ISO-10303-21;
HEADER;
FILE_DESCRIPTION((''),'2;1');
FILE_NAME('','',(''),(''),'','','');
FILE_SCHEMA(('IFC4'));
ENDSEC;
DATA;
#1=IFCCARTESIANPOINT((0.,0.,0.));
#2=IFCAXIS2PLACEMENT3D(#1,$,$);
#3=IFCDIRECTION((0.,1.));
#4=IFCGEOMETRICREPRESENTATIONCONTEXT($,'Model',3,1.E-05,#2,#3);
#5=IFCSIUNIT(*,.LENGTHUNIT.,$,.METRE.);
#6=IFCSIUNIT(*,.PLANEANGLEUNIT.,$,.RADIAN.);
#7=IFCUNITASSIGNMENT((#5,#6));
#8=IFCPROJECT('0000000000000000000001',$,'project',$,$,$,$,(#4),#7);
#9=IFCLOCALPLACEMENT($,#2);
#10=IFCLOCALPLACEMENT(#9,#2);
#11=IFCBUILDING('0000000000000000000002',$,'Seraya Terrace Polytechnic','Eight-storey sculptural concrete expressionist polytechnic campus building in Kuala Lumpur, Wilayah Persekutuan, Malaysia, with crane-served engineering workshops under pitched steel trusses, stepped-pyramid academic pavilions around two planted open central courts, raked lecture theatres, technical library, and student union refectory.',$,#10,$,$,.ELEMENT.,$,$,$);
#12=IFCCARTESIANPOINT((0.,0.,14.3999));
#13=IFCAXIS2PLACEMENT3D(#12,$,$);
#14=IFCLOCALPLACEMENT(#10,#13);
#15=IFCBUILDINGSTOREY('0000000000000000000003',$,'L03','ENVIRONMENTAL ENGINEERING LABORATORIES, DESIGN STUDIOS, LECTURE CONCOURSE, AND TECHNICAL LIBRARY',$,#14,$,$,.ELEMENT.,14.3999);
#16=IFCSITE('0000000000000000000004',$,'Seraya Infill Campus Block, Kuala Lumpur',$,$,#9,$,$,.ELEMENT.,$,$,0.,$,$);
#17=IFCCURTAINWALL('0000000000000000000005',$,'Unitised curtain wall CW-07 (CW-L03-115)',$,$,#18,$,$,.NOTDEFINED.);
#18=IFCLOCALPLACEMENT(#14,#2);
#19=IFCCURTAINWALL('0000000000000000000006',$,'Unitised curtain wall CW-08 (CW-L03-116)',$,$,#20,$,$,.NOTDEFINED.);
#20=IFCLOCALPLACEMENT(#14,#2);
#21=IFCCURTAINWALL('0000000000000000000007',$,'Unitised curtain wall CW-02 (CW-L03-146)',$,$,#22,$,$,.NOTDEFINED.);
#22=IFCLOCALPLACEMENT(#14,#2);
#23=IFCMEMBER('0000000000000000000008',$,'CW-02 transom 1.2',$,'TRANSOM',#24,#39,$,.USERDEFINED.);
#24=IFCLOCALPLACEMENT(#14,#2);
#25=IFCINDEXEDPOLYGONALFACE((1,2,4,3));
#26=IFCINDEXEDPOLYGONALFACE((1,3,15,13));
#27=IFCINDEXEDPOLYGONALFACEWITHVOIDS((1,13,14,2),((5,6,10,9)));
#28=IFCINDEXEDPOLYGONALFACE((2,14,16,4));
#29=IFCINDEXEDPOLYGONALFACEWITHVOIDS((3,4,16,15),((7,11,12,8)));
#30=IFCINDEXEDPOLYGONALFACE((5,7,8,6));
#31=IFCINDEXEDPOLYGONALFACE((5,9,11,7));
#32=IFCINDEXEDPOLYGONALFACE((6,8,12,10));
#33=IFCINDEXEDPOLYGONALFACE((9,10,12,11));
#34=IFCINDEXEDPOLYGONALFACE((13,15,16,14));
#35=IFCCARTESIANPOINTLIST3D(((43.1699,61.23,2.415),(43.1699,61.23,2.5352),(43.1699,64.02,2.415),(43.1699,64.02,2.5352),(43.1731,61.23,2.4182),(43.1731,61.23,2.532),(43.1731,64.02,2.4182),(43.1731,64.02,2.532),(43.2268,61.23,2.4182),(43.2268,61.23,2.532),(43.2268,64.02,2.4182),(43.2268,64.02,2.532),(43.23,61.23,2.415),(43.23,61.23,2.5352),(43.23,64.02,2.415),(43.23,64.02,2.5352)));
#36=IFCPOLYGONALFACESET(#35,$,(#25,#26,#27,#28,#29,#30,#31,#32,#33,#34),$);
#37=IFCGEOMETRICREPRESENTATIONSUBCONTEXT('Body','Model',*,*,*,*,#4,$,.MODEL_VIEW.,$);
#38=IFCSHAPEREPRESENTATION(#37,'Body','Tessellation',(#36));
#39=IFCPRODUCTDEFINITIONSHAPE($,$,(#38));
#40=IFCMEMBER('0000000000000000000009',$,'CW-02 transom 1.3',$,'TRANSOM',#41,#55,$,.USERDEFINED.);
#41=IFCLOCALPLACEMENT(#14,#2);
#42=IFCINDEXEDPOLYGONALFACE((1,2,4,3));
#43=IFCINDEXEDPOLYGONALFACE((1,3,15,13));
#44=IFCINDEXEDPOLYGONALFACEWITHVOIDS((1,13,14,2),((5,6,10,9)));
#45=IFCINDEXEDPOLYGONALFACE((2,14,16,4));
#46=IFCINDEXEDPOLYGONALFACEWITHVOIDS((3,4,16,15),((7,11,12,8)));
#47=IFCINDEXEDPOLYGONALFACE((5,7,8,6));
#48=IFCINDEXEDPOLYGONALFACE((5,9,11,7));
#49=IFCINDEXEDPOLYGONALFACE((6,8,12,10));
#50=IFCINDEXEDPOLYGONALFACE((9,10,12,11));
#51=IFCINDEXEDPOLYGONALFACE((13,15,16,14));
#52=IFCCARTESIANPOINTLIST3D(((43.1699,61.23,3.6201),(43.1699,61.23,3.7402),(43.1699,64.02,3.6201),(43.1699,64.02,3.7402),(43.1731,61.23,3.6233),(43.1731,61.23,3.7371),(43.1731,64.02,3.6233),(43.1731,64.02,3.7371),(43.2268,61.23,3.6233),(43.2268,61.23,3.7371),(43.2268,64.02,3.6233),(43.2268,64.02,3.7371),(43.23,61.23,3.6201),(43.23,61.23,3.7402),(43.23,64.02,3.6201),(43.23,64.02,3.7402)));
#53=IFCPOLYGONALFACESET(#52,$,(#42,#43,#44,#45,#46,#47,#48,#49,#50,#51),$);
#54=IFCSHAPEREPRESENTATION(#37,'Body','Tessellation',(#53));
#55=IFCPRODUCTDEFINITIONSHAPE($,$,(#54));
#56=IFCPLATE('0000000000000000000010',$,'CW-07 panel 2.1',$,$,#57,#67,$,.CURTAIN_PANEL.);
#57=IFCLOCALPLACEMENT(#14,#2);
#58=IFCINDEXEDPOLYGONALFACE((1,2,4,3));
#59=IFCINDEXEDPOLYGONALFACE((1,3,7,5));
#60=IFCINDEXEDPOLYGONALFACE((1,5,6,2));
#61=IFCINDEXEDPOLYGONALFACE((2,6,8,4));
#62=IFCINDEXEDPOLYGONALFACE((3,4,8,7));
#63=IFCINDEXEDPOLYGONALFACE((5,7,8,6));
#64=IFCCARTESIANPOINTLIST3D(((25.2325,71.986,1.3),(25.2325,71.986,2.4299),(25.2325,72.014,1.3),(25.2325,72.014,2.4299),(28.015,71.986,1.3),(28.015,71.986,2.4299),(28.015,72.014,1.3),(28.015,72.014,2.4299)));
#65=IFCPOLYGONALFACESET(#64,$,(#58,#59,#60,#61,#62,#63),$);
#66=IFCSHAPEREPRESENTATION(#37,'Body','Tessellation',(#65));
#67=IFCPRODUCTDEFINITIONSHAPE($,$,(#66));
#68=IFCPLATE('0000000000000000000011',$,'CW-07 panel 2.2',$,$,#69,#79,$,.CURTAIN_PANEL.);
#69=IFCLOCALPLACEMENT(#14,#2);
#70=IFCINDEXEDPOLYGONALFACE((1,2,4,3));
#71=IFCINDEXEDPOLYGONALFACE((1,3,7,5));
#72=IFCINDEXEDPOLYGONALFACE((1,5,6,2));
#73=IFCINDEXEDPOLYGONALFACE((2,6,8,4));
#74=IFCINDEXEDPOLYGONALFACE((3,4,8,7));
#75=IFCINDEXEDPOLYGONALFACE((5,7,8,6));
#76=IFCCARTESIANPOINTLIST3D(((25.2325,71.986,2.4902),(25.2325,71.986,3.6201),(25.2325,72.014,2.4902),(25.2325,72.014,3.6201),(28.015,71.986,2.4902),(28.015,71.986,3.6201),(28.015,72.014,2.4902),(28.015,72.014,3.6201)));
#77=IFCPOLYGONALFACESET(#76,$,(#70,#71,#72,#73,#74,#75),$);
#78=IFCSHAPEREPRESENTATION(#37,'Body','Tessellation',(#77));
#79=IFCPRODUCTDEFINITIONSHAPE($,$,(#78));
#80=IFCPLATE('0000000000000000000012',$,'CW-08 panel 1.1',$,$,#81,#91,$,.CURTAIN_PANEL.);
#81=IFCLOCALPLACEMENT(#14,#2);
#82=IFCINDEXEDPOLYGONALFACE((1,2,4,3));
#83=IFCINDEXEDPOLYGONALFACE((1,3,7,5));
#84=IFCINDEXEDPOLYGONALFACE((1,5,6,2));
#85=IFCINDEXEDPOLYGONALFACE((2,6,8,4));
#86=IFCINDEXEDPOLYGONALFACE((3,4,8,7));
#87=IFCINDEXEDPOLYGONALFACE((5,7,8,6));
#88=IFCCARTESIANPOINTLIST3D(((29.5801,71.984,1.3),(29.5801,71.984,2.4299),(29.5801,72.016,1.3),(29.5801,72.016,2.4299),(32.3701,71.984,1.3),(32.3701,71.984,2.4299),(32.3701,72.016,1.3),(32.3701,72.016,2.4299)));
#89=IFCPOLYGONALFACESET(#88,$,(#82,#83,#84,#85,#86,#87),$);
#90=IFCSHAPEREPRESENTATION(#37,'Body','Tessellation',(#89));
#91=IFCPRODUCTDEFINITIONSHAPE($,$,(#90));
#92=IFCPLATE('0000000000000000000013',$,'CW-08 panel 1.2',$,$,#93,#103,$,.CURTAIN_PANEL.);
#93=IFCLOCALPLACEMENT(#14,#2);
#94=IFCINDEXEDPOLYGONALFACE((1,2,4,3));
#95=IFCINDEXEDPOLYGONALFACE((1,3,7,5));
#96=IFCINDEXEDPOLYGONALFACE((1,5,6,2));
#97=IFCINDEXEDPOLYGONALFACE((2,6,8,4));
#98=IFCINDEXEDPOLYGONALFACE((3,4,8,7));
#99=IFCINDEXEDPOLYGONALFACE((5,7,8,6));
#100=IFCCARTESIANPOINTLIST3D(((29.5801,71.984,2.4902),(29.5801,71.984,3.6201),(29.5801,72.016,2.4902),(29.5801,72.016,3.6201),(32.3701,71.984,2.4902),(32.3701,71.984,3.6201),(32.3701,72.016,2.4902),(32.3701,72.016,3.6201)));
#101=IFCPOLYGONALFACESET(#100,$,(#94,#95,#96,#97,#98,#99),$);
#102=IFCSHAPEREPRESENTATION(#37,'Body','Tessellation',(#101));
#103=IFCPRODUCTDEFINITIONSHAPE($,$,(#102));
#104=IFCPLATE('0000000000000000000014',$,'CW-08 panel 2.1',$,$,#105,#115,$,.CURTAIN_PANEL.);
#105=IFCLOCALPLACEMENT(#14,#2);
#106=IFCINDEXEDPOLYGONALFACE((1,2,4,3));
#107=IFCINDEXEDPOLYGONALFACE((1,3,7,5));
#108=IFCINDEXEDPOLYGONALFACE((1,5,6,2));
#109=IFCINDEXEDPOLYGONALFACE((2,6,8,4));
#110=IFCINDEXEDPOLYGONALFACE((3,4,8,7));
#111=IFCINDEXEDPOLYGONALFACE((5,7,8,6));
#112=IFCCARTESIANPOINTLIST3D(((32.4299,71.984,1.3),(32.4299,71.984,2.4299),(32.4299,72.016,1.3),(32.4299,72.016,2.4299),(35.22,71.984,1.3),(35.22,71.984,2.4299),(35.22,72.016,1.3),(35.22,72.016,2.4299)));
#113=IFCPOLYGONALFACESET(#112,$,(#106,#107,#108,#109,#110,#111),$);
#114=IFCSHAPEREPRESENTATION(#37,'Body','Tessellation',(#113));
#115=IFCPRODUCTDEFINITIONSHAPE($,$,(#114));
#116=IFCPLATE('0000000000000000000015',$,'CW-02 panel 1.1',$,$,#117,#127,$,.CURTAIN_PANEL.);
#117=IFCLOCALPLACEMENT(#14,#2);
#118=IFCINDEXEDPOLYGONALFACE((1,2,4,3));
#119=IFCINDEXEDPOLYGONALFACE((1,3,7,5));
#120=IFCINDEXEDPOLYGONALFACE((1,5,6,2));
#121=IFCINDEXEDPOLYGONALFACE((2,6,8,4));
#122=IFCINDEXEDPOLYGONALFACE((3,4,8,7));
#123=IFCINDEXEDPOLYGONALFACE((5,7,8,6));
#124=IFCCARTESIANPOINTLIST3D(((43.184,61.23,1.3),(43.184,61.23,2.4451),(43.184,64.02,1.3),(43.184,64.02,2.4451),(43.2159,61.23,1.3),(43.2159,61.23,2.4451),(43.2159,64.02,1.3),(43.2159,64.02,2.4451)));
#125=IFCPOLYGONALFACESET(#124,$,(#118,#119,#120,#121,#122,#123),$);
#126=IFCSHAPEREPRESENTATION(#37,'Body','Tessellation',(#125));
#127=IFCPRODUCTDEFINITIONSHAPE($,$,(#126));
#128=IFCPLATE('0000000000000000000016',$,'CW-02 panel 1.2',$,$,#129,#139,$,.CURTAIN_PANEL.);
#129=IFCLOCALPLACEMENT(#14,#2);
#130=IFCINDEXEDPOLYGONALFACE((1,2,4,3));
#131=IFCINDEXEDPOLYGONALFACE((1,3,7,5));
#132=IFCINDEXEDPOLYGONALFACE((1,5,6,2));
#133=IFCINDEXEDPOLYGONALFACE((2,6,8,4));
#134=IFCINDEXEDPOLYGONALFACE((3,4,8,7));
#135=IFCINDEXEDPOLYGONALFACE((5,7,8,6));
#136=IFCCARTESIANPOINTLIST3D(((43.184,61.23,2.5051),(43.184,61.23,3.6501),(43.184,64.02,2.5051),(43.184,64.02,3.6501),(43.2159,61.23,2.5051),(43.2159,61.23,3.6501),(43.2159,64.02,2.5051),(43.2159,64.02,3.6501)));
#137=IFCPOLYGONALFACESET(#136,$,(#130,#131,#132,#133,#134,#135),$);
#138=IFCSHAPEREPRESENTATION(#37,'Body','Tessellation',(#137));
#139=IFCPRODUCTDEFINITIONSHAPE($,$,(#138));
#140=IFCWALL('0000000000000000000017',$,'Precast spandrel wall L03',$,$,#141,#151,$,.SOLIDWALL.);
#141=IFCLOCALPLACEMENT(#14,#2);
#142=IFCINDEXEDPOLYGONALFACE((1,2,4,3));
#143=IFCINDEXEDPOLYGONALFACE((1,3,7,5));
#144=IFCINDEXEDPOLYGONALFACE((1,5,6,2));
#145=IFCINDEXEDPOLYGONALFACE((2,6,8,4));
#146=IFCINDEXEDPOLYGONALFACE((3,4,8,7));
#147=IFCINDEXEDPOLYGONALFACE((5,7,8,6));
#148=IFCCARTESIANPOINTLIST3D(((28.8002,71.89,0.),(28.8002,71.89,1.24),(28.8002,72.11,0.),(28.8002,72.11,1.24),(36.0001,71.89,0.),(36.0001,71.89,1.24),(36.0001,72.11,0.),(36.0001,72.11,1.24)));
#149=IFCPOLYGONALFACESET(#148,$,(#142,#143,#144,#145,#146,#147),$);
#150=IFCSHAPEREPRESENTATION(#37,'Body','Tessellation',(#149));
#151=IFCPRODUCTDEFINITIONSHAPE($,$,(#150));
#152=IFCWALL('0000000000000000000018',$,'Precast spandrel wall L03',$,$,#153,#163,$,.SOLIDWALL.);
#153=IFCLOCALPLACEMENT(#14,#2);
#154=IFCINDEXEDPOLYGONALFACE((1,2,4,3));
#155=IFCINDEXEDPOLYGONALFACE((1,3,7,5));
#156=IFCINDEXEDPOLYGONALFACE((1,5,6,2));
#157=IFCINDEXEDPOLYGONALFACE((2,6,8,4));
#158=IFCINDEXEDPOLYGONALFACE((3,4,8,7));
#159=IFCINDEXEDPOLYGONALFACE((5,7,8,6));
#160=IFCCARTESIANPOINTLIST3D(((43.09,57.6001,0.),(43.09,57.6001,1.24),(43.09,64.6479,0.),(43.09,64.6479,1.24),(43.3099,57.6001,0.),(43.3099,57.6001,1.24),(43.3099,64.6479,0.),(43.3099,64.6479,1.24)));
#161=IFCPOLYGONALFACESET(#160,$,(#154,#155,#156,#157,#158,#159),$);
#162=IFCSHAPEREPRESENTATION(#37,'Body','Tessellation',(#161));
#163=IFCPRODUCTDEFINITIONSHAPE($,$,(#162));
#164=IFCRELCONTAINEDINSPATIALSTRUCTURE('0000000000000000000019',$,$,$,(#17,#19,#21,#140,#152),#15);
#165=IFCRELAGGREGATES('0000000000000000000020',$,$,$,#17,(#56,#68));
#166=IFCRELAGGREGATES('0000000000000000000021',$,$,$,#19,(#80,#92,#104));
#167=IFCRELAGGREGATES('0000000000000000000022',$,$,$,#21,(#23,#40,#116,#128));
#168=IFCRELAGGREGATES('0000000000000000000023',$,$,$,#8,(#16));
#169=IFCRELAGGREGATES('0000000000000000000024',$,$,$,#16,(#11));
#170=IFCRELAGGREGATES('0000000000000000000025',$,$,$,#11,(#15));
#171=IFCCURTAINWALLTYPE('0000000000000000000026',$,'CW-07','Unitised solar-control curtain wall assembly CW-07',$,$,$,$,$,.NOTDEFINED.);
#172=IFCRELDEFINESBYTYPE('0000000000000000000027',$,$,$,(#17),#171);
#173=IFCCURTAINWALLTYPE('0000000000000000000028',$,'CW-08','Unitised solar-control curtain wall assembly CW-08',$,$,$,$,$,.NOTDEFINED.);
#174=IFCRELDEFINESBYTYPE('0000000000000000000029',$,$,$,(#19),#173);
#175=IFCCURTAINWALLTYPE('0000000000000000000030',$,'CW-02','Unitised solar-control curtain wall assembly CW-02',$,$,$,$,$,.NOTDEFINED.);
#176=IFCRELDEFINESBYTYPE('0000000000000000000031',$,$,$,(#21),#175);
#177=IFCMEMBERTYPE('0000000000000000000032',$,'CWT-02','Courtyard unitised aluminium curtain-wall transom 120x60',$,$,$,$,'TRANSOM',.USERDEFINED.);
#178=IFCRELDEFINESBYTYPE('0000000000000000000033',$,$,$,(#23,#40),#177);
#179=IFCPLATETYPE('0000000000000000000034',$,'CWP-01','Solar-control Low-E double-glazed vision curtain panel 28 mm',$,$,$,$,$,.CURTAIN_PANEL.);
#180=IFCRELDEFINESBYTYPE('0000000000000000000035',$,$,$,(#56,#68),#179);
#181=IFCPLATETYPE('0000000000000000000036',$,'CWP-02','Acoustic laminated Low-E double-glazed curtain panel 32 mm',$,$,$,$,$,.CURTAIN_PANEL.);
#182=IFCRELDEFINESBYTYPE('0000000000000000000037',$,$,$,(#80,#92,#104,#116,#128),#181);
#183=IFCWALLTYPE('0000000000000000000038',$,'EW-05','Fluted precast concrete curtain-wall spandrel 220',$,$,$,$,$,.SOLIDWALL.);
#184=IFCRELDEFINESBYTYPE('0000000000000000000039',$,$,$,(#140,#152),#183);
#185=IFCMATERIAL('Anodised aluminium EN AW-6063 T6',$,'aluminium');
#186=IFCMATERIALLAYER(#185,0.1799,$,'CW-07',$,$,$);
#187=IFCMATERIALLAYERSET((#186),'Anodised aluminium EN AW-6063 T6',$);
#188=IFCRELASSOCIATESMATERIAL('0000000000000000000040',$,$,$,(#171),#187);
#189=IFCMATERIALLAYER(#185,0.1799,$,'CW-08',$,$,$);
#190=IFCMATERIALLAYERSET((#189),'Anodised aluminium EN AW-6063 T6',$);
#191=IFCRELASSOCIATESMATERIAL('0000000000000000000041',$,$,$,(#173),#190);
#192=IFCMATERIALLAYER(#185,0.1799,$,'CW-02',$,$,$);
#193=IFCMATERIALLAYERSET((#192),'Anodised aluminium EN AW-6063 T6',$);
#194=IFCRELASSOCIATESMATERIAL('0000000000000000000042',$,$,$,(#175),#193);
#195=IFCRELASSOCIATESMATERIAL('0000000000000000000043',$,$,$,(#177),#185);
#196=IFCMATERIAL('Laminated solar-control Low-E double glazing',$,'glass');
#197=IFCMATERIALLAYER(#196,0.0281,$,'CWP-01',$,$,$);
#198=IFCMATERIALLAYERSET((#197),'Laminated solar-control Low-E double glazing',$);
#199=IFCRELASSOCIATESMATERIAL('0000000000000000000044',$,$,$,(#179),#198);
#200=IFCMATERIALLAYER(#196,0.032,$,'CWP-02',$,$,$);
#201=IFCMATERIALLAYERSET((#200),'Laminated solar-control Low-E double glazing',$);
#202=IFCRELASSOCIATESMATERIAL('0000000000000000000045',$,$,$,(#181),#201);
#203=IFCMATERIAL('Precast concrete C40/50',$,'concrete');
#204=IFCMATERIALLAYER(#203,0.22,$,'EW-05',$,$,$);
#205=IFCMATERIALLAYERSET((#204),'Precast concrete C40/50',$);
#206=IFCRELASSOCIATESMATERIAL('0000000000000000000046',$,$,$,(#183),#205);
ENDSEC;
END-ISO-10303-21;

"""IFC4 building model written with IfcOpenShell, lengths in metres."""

from ifc_helpers import new_model, si_unit, direction, frame, frame_2d, origin, origin_2d, place, context, subcontext, project, spatial, rectangle, hollow_rectangle, extrude, material, layer, layer_set, material_profile, profile_set, type_object, element, aggregate, save


model = new_model("IFC4")

# Units and contexts
model_context = context("Model", 3, precision=1e-05, world=origin(), true_north=direction((0.0, 1.0)))
body_context = subcontext(model_context, "Body", "Model", "MODEL_VIEW")
ifc_project = project(units=[si_unit("LENGTHUNIT", "METRE"), si_unit("PLANEANGLEUNIT", "RADIAN")], contexts=[model_context])

# Site, building, storey
site_placement = place(None, origin())
site = spatial("IfcSite", under=ifc_project, at=site_placement, Name="Seraya Infill Campus Block, Kuala Lumpur", CompositionType="ELEMENT", RefElevation=0.0)
building_placement = place(site_placement, origin())
building = spatial("IfcBuilding", under=site, at=building_placement, Name="Seraya Terrace Polytechnic", Description="Eight-storey sculptural concrete expressionist polytechnic campus building in Kuala Lumpur, Wilayah Persekutuan, Malaysia, with crane-served engineering workshops under pitched steel trusses, stepped-pyramid academic pavilions around two planted open central courts, raked lecture theatres, technical library, and student union refectory.", CompositionType="ELEMENT")
storey_placement = place(building_placement, frame((0.0, 0.0, 14.3999)))
storey = spatial("IfcBuildingStorey", under=building, at=storey_placement, Name="L03", Description="ENVIRONMENTAL ENGINEERING LABORATORIES, DESIGN STUDIOS, LECTURE CONCOURSE, AND TECHNICAL LIBRARY", CompositionType="ELEMENT", Elevation=14.3999)

# Curtain wall
ifc_material_1 = material(Name="Anodised aluminium EN AW-6063 T6", Category="aluminium")
ifc_layer_1 = layer(ifc_material_1, 0.1799, Name="CW-07")
ifc_layer_set_1 = layer_set([ifc_layer_1], Name="Anodised aluminium EN AW-6063 T6")
curtain_wall_type_1 = type_object("IfcCurtainWallType", Name="CW-07", Description="Unitised solar-control curtain wall assembly CW-07", PredefinedType="NOTDEFINED", material=ifc_layer_set_1)
curtain_wall_1_placement = place(storey_placement, origin())
curtain_wall_1 = element("IfcCurtainWall", 1, at=curtain_wall_1_placement, inside=storey, type_object=curtain_wall_type_1, Name="Unitised curtain wall CW-07 (CW-L03-115)", PredefinedType="NOTDEFINED")

# Curtain walls
ifc_layer_2 = layer(ifc_material_1, 0.1799, Name="CW-08")
ifc_layer_set_2 = layer_set([ifc_layer_2], Name="Anodised aluminium EN AW-6063 T6")
curtain_wall_type_2 = type_object("IfcCurtainWallType", Name="CW-08", Description="Unitised solar-control curtain wall assembly CW-08", PredefinedType="NOTDEFINED", material=ifc_layer_set_2)
curtain_wall_2_placement = place(storey_placement, origin())
curtain_wall_2 = element("IfcCurtainWall", 2, at=curtain_wall_2_placement, inside=storey, type_object=curtain_wall_type_2, Name="Unitised curtain wall CW-08 (CW-L03-116)", PredefinedType="NOTDEFINED")
ifc_layer_3 = layer(ifc_material_1, 0.1799, Name="CW-02")
ifc_layer_set_3 = layer_set([ifc_layer_3], Name="Anodised aluminium EN AW-6063 T6")
curtain_wall_type_3 = type_object("IfcCurtainWallType", Name="CW-02", Description="Unitised solar-control curtain wall assembly CW-02", PredefinedType="NOTDEFINED", material=ifc_layer_set_3)
curtain_wall_3_placement = place(storey_placement, origin())
curtain_wall_3 = element("IfcCurtainWall", 3, at=curtain_wall_3_placement, inside=storey, type_object=curtain_wall_type_3, Name="Unitised curtain wall CW-02 (CW-L03-146)", PredefinedType="NOTDEFINED")

# Members
ifc_material_profile_1 = material_profile(ifc_material_1, hollow_rectangle(XDim=0.0601, YDim=0.1201, WallThickness=0.0032, at=origin_2d()), Name="RHS 120x60x3.2")
ifc_profile_set_1 = profile_set([ifc_material_profile_1], Name="Anodised aluminium EN AW-6063 T6")
member_type_1 = type_object("IfcMemberType", Name="CWT-02", Description="Courtyard unitised aluminium curtain-wall transom 120x60", ElementType="TRANSOM", PredefinedType="USERDEFINED", material=ifc_profile_set_1)
member_1_placement = place(storey_placement, frame((43.2, 64.02, 2.4751), z_axis=(0.0, -1.0, 0.0), x_axis=(1.0, 0.0, 0.0)))
member_1 = element("IfcMember", 4, at=member_1_placement, type_object=member_type_1, Name="CW-02 transom 1.2", ObjectType="TRANSOM", PredefinedType="USERDEFINED", context=body_context, shape_type="SweptSolid", body=[
    extrude(hollow_rectangle(XDim=0.0601, YDim=0.1201, WallThickness=0.0032, at=origin_2d()), origin(), (0.0, 0.0, 1.0), 2.79),
])
member_2_placement = place(storey_placement, frame((43.2, 64.02, 3.6802), z_axis=(0.0, -1.0, 0.0), x_axis=(1.0, 0.0, 0.0)))
member_2 = element("IfcMember", 5, at=member_2_placement, type_object=member_type_1, Name="CW-02 transom 1.3", ObjectType="TRANSOM", PredefinedType="USERDEFINED", context=body_context, shape_type="SweptSolid", body=[
    extrude(hollow_rectangle(XDim=0.0601, YDim=0.1201, WallThickness=0.0032, at=origin_2d()), origin(), (0.0, 0.0, 1.0), 2.79),
])

# Plates
ifc_material_2 = material(Name="Laminated solar-control Low-E double glazing", Category="glass")
ifc_layer_4 = layer(ifc_material_2, 0.0281, Name="CWP-01")
ifc_layer_set_4 = layer_set([ifc_layer_4], Name="Laminated solar-control Low-E double glazing")
plate_type_1 = type_object("IfcPlateType", Name="CWP-01", Description="Solar-control Low-E double-glazed vision curtain panel 28 mm", PredefinedType="CURTAIN_PANEL", material=ifc_layer_set_4)
plate_1_placement = place(storey_placement, frame((26.6238, 72.0, 1.3), z_axis=(0.0, 0.0, 1.0), x_axis=(1.0, 0.0, 0.0)))
plate_1 = element("IfcPlate", 6, at=plate_1_placement, type_object=plate_type_1, Name="CW-07 panel 2.1", PredefinedType="CURTAIN_PANEL", context=body_context, shape_type="SweptSolid", body=[
    extrude(rectangle(XDim=2.7825, YDim=0.0281, at=origin_2d()), origin(), (0.0, 0.0, 1.0), 1.1299),
])
plate_2_placement = place(storey_placement, frame((26.6238, 72.0, 2.4902), z_axis=(0.0, 0.0, 1.0), x_axis=(1.0, 0.0, 0.0)))
plate_2 = element("IfcPlate", 7, at=plate_2_placement, type_object=plate_type_1, Name="CW-07 panel 2.2", PredefinedType="CURTAIN_PANEL", context=body_context, shape_type="SweptSolid", body=[
    extrude(rectangle(XDim=2.7825, YDim=0.0281, at=origin_2d()), origin(), (0.0, 0.0, 1.0), 1.1299),
])
aggregate(curtain_wall_1, [plate_1, plate_2])
ifc_layer_5 = layer(ifc_material_2, 0.032, Name="CWP-02")
ifc_layer_set_5 = layer_set([ifc_layer_5], Name="Laminated solar-control Low-E double glazing")
plate_type_2 = type_object("IfcPlateType", Name="CWP-02", Description="Acoustic laminated Low-E double-glazed curtain panel 32 mm", PredefinedType="CURTAIN_PANEL", material=ifc_layer_set_5)
plate_3_placement = place(storey_placement, frame((30.9751, 72.0, 1.3), z_axis=(0.0, 0.0, 1.0), x_axis=(1.0, 0.0, 0.0)))
plate_3 = element("IfcPlate", 8, at=plate_3_placement, type_object=plate_type_2, Name="CW-08 panel 1.1", PredefinedType="CURTAIN_PANEL", context=body_context, shape_type="SweptSolid", body=[
    extrude(rectangle(XDim=2.79, YDim=0.032, at=origin_2d()), origin(), (0.0, 0.0, 1.0), 1.1299),
])
plate_4_placement = place(storey_placement, frame((30.9751, 72.0, 2.4902), z_axis=(0.0, 0.0, 1.0), x_axis=(1.0, 0.0, 0.0)))
plate_4 = element("IfcPlate", 9, at=plate_4_placement, type_object=plate_type_2, Name="CW-08 panel 1.2", PredefinedType="CURTAIN_PANEL", context=body_context, shape_type="SweptSolid", body=[
    extrude(rectangle(XDim=2.79, YDim=0.032, at=origin_2d()), origin(), (0.0, 0.0, 1.0), 1.1299),
])
plate_5_placement = place(storey_placement, frame((33.825, 72.0, 1.3), z_axis=(0.0, 0.0, 1.0), x_axis=(1.0, 0.0, 0.0)))
plate_5 = element("IfcPlate", 10, at=plate_5_placement, type_object=plate_type_2, Name="CW-08 panel 2.1", PredefinedType="CURTAIN_PANEL", context=body_context, shape_type="SweptSolid", body=[
    extrude(rectangle(XDim=2.79, YDim=0.032, at=origin_2d()), origin(), (0.0, 0.0, 1.0), 1.1299),
])
aggregate(curtain_wall_2, [plate_3, plate_4, plate_5])
plate_6_placement = place(storey_placement, frame((43.2, 62.625, 1.3), z_axis=(0.0, 0.0, 1.0), x_axis=(0.0, -1.0, 0.0)))
plate_6 = element("IfcPlate", 11, at=plate_6_placement, type_object=plate_type_2, Name="CW-02 panel 1.1", PredefinedType="CURTAIN_PANEL", context=body_context, shape_type="SweptSolid", body=[
    extrude(rectangle(XDim=2.79, YDim=0.032, at=origin_2d()), origin(), (0.0, 0.0, 1.0), 1.145),
])
plate_7_placement = place(storey_placement, frame((43.2, 62.625, 2.5051), z_axis=(0.0, 0.0, 1.0), x_axis=(0.0, -1.0, 0.0)))
plate_7 = element("IfcPlate", 12, at=plate_7_placement, type_object=plate_type_2, Name="CW-02 panel 1.2", PredefinedType="CURTAIN_PANEL", context=body_context, shape_type="SweptSolid", body=[
    extrude(rectangle(XDim=2.79, YDim=0.032, at=origin_2d()), origin(), (0.0, 0.0, 1.0), 1.145),
])
aggregate(curtain_wall_3, [member_1, member_2, plate_6, plate_7])

# Walls
ifc_material_3 = material(Name="Precast concrete C40/50", Category="concrete")
ifc_layer_6 = layer(ifc_material_3, 0.22, Name="EW-05")
ifc_layer_set_6 = layer_set([ifc_layer_6], Name="Precast concrete C40/50")
wall_type = type_object("IfcWallType", Name="EW-05", Description="Fluted precast concrete curtain-wall spandrel 220", PredefinedType="SOLIDWALL", material=ifc_layer_set_6)
wall_1_placement = place(storey_placement, frame((28.8, 72.0, 0.0), z_axis=(0.0, 0.0, 1.0), x_axis=(1.0, 0.0, 0.0)))
element("IfcWall", 13, at=wall_1_placement, inside=storey, type_object=wall_type, Name="Precast spandrel wall L03", PredefinedType="SOLIDWALL", context=body_context, shape_type="SweptSolid", body=[
    extrude(rectangle(XDim=7.2, YDim=0.22, at=frame_2d((3.6001, 0.0))), origin(), (0.0, 0.0, 1.0), 1.24),
])
wall_2_placement = place(storey_placement, frame((43.2, 64.6479, 0.0), z_axis=(0.0, 0.0, 1.0), x_axis=(0.0, -1.0, 0.0)))
element("IfcWall", 14, at=wall_2_placement, inside=storey, type_object=wall_type, Name="Precast spandrel wall L03", PredefinedType="SOLIDWALL", context=body_context, shape_type="SweptSolid", body=[
    extrude(rectangle(XDim=7.0479, YDim=0.22, at=frame_2d((3.5239, 0.0))), origin(), (0.0, 0.0, 1.0), 1.24),
])

save(model, "model.ifc")
